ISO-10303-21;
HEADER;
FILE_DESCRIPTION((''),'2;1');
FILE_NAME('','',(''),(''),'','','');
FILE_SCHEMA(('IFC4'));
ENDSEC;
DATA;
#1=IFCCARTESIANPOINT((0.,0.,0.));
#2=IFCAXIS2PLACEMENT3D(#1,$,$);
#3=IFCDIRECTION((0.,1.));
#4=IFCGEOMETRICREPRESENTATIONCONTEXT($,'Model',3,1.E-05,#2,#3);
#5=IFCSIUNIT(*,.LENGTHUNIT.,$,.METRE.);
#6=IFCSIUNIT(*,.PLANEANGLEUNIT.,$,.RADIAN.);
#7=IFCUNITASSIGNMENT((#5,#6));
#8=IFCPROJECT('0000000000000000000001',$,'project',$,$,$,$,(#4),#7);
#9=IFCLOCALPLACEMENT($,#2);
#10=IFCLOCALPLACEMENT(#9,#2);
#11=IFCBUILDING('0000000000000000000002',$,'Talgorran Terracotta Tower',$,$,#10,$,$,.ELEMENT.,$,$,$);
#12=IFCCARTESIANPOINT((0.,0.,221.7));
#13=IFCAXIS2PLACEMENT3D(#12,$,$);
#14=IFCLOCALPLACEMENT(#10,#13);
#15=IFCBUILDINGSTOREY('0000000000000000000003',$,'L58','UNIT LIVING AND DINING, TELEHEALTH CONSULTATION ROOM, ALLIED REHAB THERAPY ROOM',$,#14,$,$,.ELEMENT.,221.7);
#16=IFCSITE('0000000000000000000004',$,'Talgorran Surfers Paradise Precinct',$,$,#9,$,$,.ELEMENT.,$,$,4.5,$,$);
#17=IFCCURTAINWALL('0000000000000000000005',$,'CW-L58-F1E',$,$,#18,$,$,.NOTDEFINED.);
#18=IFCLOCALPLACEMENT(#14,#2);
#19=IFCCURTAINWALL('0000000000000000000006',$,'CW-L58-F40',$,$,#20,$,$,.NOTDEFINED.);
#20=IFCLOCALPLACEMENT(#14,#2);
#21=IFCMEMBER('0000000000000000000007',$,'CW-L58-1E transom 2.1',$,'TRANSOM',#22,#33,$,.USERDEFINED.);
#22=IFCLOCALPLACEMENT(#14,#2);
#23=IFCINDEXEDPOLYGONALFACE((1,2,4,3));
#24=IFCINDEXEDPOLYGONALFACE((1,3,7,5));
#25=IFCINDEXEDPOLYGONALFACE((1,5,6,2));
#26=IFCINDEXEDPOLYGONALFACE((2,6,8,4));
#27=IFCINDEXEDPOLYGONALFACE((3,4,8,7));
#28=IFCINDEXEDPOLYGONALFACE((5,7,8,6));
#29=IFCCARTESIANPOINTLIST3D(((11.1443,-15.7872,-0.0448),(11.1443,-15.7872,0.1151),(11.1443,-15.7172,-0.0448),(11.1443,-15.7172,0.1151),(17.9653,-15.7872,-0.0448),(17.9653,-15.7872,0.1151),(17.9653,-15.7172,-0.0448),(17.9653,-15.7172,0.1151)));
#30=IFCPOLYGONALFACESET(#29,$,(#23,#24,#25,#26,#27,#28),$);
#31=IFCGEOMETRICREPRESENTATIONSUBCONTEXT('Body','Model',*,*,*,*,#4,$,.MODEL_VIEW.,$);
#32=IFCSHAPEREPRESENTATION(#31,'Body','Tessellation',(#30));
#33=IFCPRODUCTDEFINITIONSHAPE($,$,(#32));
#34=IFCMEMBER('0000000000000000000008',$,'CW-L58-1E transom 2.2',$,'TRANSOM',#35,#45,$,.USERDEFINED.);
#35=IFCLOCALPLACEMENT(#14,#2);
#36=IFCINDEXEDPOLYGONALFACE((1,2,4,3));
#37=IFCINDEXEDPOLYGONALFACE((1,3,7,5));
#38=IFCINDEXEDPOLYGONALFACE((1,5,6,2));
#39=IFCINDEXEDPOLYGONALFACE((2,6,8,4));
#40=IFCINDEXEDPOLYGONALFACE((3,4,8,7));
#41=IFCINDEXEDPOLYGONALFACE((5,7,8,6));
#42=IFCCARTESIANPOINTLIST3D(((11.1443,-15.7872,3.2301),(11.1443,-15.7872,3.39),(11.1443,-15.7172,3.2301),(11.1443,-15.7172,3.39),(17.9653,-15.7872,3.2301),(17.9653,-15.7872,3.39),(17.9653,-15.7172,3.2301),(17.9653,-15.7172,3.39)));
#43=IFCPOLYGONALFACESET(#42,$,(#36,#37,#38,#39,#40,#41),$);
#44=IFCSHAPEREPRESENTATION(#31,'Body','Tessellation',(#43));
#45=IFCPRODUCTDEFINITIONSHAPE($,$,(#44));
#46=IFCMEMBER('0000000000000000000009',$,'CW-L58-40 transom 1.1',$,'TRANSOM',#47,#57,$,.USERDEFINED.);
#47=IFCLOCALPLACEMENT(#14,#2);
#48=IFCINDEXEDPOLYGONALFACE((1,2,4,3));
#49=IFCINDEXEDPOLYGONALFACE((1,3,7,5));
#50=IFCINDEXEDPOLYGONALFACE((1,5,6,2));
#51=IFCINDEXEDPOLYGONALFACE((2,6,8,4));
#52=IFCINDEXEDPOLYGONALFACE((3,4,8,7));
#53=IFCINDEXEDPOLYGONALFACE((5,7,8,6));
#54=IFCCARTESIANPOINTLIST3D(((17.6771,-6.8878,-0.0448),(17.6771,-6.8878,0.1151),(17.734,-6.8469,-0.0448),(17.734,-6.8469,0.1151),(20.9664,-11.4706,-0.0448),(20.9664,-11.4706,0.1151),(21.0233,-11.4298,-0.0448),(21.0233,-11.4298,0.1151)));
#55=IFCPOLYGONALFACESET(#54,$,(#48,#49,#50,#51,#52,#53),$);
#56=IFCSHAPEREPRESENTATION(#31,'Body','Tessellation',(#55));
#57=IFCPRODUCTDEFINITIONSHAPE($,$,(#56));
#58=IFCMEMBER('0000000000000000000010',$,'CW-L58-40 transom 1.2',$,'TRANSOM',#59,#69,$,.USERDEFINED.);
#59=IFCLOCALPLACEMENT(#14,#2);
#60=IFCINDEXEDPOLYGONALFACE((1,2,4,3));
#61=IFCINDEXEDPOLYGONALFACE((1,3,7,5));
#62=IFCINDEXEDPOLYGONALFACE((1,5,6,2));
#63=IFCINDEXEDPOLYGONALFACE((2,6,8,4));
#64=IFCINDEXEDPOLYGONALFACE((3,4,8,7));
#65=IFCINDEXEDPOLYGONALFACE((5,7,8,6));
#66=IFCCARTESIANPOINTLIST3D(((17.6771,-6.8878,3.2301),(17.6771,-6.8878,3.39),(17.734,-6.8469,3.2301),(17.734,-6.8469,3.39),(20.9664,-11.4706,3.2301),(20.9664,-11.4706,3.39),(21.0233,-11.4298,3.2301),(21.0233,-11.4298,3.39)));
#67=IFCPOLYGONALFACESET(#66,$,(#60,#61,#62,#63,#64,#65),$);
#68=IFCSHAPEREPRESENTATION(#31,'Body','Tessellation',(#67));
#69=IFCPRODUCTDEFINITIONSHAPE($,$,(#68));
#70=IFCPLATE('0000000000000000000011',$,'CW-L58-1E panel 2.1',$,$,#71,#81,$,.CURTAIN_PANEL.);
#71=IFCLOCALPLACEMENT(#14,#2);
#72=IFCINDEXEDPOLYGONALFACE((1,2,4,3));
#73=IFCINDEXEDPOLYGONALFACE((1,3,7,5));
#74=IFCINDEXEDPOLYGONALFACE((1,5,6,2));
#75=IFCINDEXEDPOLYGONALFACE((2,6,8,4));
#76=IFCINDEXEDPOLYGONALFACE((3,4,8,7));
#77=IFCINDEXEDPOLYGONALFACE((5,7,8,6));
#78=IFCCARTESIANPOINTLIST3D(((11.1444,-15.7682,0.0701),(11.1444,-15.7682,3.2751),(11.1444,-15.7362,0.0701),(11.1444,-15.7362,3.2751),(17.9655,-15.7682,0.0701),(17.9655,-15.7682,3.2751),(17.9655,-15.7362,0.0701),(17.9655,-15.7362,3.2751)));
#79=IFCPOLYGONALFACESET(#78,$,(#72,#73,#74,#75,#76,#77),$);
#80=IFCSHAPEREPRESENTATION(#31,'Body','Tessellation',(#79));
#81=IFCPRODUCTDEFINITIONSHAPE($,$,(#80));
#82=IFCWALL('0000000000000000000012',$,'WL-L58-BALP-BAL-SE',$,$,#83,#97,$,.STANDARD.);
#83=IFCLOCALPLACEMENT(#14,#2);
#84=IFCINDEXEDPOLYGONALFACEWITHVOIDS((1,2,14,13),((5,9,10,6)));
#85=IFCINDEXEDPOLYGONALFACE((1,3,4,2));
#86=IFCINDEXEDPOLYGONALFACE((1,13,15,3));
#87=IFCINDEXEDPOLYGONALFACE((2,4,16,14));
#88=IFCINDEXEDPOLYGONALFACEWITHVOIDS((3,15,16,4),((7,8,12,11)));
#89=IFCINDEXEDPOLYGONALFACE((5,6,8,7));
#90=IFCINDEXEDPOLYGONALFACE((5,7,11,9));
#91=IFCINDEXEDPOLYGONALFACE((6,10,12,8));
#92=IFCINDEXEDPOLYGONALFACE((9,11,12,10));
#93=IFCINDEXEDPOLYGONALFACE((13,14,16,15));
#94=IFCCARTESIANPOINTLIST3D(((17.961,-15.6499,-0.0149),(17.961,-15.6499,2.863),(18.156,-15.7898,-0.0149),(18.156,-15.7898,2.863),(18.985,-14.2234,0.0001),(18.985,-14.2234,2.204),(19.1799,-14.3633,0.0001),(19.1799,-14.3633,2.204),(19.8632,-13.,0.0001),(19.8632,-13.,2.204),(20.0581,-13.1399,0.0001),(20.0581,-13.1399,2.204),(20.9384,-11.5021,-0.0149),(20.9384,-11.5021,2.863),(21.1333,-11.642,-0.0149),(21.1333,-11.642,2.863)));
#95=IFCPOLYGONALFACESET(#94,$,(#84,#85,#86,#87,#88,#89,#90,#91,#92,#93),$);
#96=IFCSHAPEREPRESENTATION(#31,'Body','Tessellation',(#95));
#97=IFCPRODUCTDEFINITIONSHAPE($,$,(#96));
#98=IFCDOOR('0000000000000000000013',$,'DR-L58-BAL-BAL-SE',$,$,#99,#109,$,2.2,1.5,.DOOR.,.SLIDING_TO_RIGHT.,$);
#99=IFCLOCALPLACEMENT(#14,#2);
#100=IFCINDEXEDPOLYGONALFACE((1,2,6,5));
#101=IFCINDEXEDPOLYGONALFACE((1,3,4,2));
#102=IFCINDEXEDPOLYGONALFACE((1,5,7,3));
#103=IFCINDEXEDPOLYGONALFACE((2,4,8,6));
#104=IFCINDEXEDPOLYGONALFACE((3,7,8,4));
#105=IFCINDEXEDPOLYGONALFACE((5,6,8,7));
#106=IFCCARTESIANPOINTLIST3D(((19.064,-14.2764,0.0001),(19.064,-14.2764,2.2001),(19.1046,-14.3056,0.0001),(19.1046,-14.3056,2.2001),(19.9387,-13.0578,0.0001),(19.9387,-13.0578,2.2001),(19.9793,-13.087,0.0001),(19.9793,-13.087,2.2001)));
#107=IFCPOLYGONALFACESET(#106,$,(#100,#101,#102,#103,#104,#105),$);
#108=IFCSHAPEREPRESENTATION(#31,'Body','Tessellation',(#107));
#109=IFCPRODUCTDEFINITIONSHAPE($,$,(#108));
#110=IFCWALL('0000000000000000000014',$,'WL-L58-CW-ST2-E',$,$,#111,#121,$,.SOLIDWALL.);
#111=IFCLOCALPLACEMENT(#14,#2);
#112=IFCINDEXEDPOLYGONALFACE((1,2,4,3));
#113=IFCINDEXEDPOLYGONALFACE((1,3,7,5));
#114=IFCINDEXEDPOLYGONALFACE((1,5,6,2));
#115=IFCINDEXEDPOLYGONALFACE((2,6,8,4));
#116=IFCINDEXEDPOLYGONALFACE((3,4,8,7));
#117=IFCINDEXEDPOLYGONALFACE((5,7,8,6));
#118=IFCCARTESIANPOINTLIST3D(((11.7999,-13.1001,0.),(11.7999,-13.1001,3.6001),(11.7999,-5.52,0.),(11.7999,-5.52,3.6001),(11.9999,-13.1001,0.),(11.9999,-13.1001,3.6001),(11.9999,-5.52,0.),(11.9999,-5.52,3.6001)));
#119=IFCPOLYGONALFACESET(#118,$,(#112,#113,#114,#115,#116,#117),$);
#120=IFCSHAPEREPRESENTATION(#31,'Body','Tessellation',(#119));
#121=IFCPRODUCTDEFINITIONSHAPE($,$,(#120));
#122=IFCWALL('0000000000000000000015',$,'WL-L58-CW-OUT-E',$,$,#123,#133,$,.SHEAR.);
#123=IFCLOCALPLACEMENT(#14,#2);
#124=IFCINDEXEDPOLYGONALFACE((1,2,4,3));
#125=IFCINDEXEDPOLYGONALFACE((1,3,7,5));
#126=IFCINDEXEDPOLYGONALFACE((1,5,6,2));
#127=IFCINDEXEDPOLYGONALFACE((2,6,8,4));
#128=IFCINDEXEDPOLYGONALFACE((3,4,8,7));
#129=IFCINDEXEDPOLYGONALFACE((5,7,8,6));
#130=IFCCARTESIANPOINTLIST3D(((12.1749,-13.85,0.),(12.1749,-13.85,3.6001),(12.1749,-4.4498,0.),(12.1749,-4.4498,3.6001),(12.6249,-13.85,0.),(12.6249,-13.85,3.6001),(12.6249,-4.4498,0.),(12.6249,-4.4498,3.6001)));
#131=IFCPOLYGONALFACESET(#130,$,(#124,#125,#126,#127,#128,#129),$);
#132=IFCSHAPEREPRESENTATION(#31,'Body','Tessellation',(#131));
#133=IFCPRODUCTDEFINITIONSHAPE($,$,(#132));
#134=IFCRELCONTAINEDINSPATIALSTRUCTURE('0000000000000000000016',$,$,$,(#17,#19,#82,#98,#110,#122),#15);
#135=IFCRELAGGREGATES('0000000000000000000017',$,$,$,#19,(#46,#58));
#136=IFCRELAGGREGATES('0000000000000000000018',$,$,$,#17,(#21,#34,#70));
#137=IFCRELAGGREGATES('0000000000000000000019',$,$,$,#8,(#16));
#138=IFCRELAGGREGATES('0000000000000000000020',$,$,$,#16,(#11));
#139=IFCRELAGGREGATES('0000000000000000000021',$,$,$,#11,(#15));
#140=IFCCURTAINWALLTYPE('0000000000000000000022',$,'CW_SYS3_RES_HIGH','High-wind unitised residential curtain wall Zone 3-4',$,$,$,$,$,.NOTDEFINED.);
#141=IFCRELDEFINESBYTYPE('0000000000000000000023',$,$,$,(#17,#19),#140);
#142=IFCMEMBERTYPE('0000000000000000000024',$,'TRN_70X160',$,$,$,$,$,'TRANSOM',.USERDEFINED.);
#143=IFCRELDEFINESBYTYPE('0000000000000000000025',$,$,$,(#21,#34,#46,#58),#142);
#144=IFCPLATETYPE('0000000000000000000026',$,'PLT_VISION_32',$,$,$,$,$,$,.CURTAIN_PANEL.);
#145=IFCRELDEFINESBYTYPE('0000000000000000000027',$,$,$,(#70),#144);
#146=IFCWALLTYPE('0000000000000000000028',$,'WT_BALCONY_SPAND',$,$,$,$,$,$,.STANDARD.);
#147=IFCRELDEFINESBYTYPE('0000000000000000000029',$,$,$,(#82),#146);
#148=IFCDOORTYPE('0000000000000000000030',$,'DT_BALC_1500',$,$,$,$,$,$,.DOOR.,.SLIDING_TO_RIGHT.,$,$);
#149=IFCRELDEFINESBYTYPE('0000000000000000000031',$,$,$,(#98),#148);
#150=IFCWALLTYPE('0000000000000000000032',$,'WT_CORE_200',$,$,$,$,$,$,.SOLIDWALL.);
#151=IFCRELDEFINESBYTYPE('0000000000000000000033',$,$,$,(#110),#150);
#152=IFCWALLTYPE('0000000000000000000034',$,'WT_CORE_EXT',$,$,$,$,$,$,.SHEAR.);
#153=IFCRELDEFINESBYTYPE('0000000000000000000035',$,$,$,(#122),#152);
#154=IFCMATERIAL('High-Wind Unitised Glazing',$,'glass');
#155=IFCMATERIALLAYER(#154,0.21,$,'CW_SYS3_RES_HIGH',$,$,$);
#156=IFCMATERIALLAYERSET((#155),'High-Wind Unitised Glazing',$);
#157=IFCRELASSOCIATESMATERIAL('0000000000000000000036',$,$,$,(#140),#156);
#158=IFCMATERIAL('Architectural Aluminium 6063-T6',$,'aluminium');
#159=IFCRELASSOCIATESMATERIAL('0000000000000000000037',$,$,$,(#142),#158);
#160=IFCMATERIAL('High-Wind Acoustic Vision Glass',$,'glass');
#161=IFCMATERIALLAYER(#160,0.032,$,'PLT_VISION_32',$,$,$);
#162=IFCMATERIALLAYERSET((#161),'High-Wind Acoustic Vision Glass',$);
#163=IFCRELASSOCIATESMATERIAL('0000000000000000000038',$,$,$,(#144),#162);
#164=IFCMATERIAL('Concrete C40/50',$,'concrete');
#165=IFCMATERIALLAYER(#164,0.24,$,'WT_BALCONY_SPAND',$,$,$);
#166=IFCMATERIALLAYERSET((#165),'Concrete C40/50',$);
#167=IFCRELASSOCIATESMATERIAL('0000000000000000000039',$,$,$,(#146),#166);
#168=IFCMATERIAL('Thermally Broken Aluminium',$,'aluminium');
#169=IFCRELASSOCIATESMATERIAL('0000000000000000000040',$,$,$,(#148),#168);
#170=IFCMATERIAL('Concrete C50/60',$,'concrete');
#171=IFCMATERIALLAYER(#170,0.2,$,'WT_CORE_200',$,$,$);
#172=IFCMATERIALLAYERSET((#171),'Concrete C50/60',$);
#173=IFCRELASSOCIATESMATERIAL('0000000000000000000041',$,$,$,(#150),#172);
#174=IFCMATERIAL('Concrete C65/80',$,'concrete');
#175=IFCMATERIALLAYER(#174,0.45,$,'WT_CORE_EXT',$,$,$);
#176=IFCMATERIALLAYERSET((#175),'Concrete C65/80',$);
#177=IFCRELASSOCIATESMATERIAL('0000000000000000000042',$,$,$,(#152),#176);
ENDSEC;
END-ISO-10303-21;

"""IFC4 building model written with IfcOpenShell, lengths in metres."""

from ifc_helpers import new_model, si_unit, direction, frame, frame_2d, origin, origin_2d, place, context, subcontext, project, spatial, rectangle, extrude, source, transform, mapped, material, layer, layer_set, material_profile, profile_set, type_object, type_shapes, element, fill, aggregate, save


model = new_model("IFC4")

# Units and contexts
model_context = context("Model", 3, precision=1e-05, world=origin(), true_north=direction((0.0, 1.0)))
body_context = subcontext(model_context, "Body", "Model", "MODEL_VIEW")
ifc_project = project(units=[si_unit("LENGTHUNIT", "METRE"), si_unit("PLANEANGLEUNIT", "RADIAN")], contexts=[model_context])

# Site, building, storey
site_placement = place(None, origin())
site = spatial("IfcSite", under=ifc_project, at=site_placement, Name="Talgorran Surfers Paradise Precinct", CompositionType="ELEMENT", RefElevation=4.5)
building_placement = place(site_placement, origin())
building = spatial("IfcBuilding", under=site, at=building_placement, Name="Talgorran Terracotta Tower", CompositionType="ELEMENT")
storey_placement = place(building_placement, frame((0.0, 0.0, 221.7)))
storey = spatial("IfcBuildingStorey", under=building, at=storey_placement, Name="L58", Description="UNIT LIVING AND DINING, TELEHEALTH CONSULTATION ROOM, ALLIED REHAB THERAPY ROOM", CompositionType="ELEMENT", Elevation=221.7)

# Curtain wall
ifc_material_1 = material(Name="High-Wind Unitised Glazing", Category="glass")
ifc_layer_1 = layer(ifc_material_1, 0.21, Name="CW_SYS3_RES_HIGH")
ifc_layer_set_1 = layer_set([ifc_layer_1], Name="High-Wind Unitised Glazing")
curtain_wall_type = type_object("IfcCurtainWallType", Name="CW_SYS3_RES_HIGH", Description="High-wind unitised residential curtain wall Zone 3-4", PredefinedType="NOTDEFINED", material=ifc_layer_set_1)
curtain_wall_1_placement = place(storey_placement, origin())
curtain_wall_1 = element("IfcCurtainWall", 1, at=curtain_wall_1_placement, inside=storey, type_object=curtain_wall_type, Name="CW-L58-F1E", PredefinedType="NOTDEFINED")
ifc_material_2 = material(Name="Architectural Aluminium 6063-T6", Category="aluminium")

# Curtain wall
curtain_wall_2_placement = place(storey_placement, origin())
curtain_wall_2 = element("IfcCurtainWall", 2, at=curtain_wall_2_placement, inside=storey, type_object=curtain_wall_type, Name="CW-L58-F40", PredefinedType="NOTDEFINED")

# Members
ifc_material_profile_1 = material_profile(ifc_material_2, rectangle(XDim=0.0701, YDim=0.1599, at=origin_2d()), Name="CWT70X160")
ifc_profile_set_1 = profile_set([ifc_material_profile_1], Name="Architectural Aluminium 6063-T6")
member_type_1 = type_object("IfcMemberType", Name="TRN_70X160", ElementType="TRANSOM", PredefinedType="USERDEFINED", material=ifc_profile_set_1)
member_1_placement = place(storey_placement, frame((11.1443, -15.7522, 0.0352), z_axis=(1.0, 0.0, 0.0), x_axis=(0.0, 1.0, 0.0)))
member_1 = element("IfcMember", 3, at=member_1_placement, type_object=member_type_1, Name="CW-L58-1E transom 2.1", ObjectType="TRANSOM", PredefinedType="USERDEFINED", context=body_context, shape_type="SweptSolid", body=[
    extrude(rectangle(XDim=0.0701, YDim=0.1599, at=origin_2d()), origin(), (0.0, 0.0, 1.0), 6.821),
])
member_2_placement = place(storey_placement, frame((11.1443, -15.7522, 3.3101), z_axis=(1.0, 0.0, 0.0), x_axis=(0.0, 1.0, 0.0)))
member_2 = element("IfcMember", 4, at=member_2_placement, type_object=member_type_1, Name="CW-L58-1E transom 2.2", ObjectType="TRANSOM", PredefinedType="USERDEFINED", context=body_context, shape_type="SweptSolid", body=[
    extrude(rectangle(XDim=0.0701, YDim=0.1599, at=origin_2d()), origin(), (0.0, 0.0, 1.0), 6.821),
])
member_3_placement = place(storey_placement, frame((20.9949, -11.4502, 0.0352), z_axis=(-0.583104, 0.812398, 0.0), x_axis=(-0.812398, -0.583104, 0.0)))
member_3 = element("IfcMember", 5, at=member_3_placement, type_object=member_type_1, Name="CW-L58-40 transom 1.1", ObjectType="TRANSOM", PredefinedType="USERDEFINED", context=body_context, shape_type="SweptSolid", body=[
    extrude(rectangle(XDim=0.0701, YDim=0.1599, at=origin_2d()), origin(), (0.0, 0.0, 1.0), 5.6411),
])
member_4_placement = place(storey_placement, frame((20.9949, -11.4502, 3.3101), z_axis=(-0.583104, 0.812398, 0.0), x_axis=(-0.812398, -0.583104, 0.0)))
member_4 = element("IfcMember", 6, at=member_4_placement, type_object=member_type_1, Name="CW-L58-40 transom 1.2", ObjectType="TRANSOM", PredefinedType="USERDEFINED", context=body_context, shape_type="SweptSolid", body=[
    extrude(rectangle(XDim=0.0701, YDim=0.1599, at=origin_2d()), origin(), (0.0, 0.0, 1.0), 5.6411),
])
aggregate(curtain_wall_2, [member_3, member_4])

# Plate
ifc_material_3 = material(Name="High-Wind Acoustic Vision Glass", Category="glass")
ifc_layer_2 = layer(ifc_material_3, 0.032, Name="PLT_VISION_32")
ifc_layer_set_2 = layer_set([ifc_layer_2], Name="High-Wind Acoustic Vision Glass")
plate_type = type_object("IfcPlateType", Name="PLT_VISION_32", PredefinedType="CURTAIN_PANEL", material=ifc_layer_set_2)
shared_shape = source(origin(), body_context, "Body", "SweptSolid", [
    extrude(rectangle(XDim=6.821, YDim=0.032, at=origin_2d()), origin(), (0.0, 0.0, 1.0), 3.2051),
])
type_shapes(plate_type, [shared_shape])
plate_placement = place(storey_placement, frame((14.5549, -15.7522, 0.0701), z_axis=(0.0, 0.0, 1.0), x_axis=(1.0, 0.0, 0.0)))
plate = element("IfcPlate", 7, at=plate_placement, type_object=plate_type, Name="CW-L58-1E panel 2.1", PredefinedType="CURTAIN_PANEL", context=body_context, shape_type="MappedRepresentation", body=[
    mapped(shared_shape, transform((0.0, 0.0, 0.0), scale=1.0)),
])
aggregate(curtain_wall_1, [member_1, member_2, plate])

# Wall, opening, door
ifc_material_4 = material(Name="Concrete C40/50", Category="concrete")
ifc_layer_3 = layer(ifc_material_4, 0.24, Name="WT_BALCONY_SPAND")
ifc_layer_set_3 = layer_set([ifc_layer_3], Name="Concrete C40/50")
wall_type_1 = type_object("IfcWallType", Name="WT_BALCONY_SPAND", PredefinedType="STANDARD", material=ifc_layer_set_3)
wall_1_placement = place(storey_placement, frame((18.0586, -15.7197, -0.0149), z_axis=(0.0, 0.0, 1.0), x_axis=(0.583136, 0.812374, 0.0)))
wall_1 = element("IfcWall", 8, at=wall_1_placement, inside=storey, type_object=wall_type_1, Name="WL-L58-BALP-BAL-SE", PredefinedType="STANDARD", context=body_context, shape_type="SweptSolid", body=[
    extrude(rectangle(XDim=5.1057, YDim=0.24, at=frame_2d((2.5527, 0.0))), origin(), (0.0, 0.0, 1.0), 2.8779),
])
opening_placement = place(wall_1_placement, frame((1.7588, 0.0, 0.0149)))
opening = element("IfcOpeningElement", 9, at=opening_placement, cuts=wall_1, PredefinedType="OPENING", context=body_context, shape_type="SweptSolid", body=[
    extrude(rectangle(XDim=1.506, YDim=2.204, at=frame_2d((0.75, 1.1021))), frame((0.0, 0.1299, 0.0), z_axis=(0.0, -1.0, 0.0), x_axis=(1.0, 0.0, 0.0)), (0.0, 0.0, 1.0), 0.26),
])
ifc_material_5 = material(Name="Thermally Broken Aluminium", Category="aluminium")
door_type = type_object("IfcDoorType", Name="DT_BALC_1500", OperationType="SLIDING_TO_RIGHT", PredefinedType="DOOR", material=ifc_material_5)
door_placement = place(opening_placement, origin())
door = element("IfcDoor", 10, at=door_placement, inside=storey, type_object=door_type, Name="DR-L58-BAL-BAL-SE", OperationType="SLIDING_TO_RIGHT", OverallHeight=2.2, OverallWidth=1.5, PredefinedType="DOOR", context=body_context, shape_type="SweptSolid", body=[
    extrude(rectangle(XDim=1.5, YDim=2.2, at=frame_2d((0.75, 1.1001))), frame((0.0, 0.0249, 0.0), z_axis=(0.0, -1.0, 0.0), x_axis=(1.0, 0.0, 0.0)), (0.0, 0.0, 1.0), 0.05),
])
fill(opening, door)

# Walls
ifc_material_6 = material(Name="Concrete C50/60", Category="concrete")
ifc_layer_4 = layer(ifc_material_6, 0.2, Name="WT_CORE_200")
ifc_layer_set_4 = layer_set([ifc_layer_4], Name="Concrete C50/60")
wall_type_2 = type_object("IfcWallType", Name="WT_CORE_200", PredefinedType="SOLIDWALL", material=ifc_layer_set_4)
wall_2_placement = place(storey_placement, frame((11.8999, -13.1001, 0.0), z_axis=(0.0, 0.0, 1.0), x_axis=(0.0, 1.0, 0.0)))
element("IfcWall", 11, at=wall_2_placement, inside=storey, type_object=wall_type_2, Name="WL-L58-CW-ST2-E", PredefinedType="SOLIDWALL", context=body_context, shape_type="SweptSolid", body=[
    extrude(rectangle(XDim=7.5801, YDim=0.2, at=frame_2d((3.79, 0.0))), origin(), (0.0, 0.0, 1.0), 3.6001),
])
ifc_material_7 = material(Name="Concrete C65/80", Category="concrete")
ifc_layer_5 = layer(ifc_material_7, 0.45, Name="WT_CORE_EXT")
ifc_layer_set_5 = layer_set([ifc_layer_5], Name="Concrete C65/80")
wall_type_3 = type_object("IfcWallType", Name="WT_CORE_EXT", PredefinedType="SHEAR", material=ifc_layer_set_5)
wall_3_placement = place(storey_placement, frame((12.3999, -13.8501, 0.0), z_axis=(0.0, 0.0, 1.0), x_axis=(0.0, 1.0, 0.0)))
element("IfcWall", 12, at=wall_3_placement, inside=storey, type_object=wall_type_3, Name="WL-L58-CW-OUT-E", PredefinedType="SHEAR", context=body_context, shape_type="SweptSolid", body=[
    extrude(rectangle(XDim=9.4001, YDim=0.45, at=frame_2d((4.7002, 0.0))), origin(), (0.0, 0.0, 1.0), 3.6001),
])

save(model, "model.ifc")
